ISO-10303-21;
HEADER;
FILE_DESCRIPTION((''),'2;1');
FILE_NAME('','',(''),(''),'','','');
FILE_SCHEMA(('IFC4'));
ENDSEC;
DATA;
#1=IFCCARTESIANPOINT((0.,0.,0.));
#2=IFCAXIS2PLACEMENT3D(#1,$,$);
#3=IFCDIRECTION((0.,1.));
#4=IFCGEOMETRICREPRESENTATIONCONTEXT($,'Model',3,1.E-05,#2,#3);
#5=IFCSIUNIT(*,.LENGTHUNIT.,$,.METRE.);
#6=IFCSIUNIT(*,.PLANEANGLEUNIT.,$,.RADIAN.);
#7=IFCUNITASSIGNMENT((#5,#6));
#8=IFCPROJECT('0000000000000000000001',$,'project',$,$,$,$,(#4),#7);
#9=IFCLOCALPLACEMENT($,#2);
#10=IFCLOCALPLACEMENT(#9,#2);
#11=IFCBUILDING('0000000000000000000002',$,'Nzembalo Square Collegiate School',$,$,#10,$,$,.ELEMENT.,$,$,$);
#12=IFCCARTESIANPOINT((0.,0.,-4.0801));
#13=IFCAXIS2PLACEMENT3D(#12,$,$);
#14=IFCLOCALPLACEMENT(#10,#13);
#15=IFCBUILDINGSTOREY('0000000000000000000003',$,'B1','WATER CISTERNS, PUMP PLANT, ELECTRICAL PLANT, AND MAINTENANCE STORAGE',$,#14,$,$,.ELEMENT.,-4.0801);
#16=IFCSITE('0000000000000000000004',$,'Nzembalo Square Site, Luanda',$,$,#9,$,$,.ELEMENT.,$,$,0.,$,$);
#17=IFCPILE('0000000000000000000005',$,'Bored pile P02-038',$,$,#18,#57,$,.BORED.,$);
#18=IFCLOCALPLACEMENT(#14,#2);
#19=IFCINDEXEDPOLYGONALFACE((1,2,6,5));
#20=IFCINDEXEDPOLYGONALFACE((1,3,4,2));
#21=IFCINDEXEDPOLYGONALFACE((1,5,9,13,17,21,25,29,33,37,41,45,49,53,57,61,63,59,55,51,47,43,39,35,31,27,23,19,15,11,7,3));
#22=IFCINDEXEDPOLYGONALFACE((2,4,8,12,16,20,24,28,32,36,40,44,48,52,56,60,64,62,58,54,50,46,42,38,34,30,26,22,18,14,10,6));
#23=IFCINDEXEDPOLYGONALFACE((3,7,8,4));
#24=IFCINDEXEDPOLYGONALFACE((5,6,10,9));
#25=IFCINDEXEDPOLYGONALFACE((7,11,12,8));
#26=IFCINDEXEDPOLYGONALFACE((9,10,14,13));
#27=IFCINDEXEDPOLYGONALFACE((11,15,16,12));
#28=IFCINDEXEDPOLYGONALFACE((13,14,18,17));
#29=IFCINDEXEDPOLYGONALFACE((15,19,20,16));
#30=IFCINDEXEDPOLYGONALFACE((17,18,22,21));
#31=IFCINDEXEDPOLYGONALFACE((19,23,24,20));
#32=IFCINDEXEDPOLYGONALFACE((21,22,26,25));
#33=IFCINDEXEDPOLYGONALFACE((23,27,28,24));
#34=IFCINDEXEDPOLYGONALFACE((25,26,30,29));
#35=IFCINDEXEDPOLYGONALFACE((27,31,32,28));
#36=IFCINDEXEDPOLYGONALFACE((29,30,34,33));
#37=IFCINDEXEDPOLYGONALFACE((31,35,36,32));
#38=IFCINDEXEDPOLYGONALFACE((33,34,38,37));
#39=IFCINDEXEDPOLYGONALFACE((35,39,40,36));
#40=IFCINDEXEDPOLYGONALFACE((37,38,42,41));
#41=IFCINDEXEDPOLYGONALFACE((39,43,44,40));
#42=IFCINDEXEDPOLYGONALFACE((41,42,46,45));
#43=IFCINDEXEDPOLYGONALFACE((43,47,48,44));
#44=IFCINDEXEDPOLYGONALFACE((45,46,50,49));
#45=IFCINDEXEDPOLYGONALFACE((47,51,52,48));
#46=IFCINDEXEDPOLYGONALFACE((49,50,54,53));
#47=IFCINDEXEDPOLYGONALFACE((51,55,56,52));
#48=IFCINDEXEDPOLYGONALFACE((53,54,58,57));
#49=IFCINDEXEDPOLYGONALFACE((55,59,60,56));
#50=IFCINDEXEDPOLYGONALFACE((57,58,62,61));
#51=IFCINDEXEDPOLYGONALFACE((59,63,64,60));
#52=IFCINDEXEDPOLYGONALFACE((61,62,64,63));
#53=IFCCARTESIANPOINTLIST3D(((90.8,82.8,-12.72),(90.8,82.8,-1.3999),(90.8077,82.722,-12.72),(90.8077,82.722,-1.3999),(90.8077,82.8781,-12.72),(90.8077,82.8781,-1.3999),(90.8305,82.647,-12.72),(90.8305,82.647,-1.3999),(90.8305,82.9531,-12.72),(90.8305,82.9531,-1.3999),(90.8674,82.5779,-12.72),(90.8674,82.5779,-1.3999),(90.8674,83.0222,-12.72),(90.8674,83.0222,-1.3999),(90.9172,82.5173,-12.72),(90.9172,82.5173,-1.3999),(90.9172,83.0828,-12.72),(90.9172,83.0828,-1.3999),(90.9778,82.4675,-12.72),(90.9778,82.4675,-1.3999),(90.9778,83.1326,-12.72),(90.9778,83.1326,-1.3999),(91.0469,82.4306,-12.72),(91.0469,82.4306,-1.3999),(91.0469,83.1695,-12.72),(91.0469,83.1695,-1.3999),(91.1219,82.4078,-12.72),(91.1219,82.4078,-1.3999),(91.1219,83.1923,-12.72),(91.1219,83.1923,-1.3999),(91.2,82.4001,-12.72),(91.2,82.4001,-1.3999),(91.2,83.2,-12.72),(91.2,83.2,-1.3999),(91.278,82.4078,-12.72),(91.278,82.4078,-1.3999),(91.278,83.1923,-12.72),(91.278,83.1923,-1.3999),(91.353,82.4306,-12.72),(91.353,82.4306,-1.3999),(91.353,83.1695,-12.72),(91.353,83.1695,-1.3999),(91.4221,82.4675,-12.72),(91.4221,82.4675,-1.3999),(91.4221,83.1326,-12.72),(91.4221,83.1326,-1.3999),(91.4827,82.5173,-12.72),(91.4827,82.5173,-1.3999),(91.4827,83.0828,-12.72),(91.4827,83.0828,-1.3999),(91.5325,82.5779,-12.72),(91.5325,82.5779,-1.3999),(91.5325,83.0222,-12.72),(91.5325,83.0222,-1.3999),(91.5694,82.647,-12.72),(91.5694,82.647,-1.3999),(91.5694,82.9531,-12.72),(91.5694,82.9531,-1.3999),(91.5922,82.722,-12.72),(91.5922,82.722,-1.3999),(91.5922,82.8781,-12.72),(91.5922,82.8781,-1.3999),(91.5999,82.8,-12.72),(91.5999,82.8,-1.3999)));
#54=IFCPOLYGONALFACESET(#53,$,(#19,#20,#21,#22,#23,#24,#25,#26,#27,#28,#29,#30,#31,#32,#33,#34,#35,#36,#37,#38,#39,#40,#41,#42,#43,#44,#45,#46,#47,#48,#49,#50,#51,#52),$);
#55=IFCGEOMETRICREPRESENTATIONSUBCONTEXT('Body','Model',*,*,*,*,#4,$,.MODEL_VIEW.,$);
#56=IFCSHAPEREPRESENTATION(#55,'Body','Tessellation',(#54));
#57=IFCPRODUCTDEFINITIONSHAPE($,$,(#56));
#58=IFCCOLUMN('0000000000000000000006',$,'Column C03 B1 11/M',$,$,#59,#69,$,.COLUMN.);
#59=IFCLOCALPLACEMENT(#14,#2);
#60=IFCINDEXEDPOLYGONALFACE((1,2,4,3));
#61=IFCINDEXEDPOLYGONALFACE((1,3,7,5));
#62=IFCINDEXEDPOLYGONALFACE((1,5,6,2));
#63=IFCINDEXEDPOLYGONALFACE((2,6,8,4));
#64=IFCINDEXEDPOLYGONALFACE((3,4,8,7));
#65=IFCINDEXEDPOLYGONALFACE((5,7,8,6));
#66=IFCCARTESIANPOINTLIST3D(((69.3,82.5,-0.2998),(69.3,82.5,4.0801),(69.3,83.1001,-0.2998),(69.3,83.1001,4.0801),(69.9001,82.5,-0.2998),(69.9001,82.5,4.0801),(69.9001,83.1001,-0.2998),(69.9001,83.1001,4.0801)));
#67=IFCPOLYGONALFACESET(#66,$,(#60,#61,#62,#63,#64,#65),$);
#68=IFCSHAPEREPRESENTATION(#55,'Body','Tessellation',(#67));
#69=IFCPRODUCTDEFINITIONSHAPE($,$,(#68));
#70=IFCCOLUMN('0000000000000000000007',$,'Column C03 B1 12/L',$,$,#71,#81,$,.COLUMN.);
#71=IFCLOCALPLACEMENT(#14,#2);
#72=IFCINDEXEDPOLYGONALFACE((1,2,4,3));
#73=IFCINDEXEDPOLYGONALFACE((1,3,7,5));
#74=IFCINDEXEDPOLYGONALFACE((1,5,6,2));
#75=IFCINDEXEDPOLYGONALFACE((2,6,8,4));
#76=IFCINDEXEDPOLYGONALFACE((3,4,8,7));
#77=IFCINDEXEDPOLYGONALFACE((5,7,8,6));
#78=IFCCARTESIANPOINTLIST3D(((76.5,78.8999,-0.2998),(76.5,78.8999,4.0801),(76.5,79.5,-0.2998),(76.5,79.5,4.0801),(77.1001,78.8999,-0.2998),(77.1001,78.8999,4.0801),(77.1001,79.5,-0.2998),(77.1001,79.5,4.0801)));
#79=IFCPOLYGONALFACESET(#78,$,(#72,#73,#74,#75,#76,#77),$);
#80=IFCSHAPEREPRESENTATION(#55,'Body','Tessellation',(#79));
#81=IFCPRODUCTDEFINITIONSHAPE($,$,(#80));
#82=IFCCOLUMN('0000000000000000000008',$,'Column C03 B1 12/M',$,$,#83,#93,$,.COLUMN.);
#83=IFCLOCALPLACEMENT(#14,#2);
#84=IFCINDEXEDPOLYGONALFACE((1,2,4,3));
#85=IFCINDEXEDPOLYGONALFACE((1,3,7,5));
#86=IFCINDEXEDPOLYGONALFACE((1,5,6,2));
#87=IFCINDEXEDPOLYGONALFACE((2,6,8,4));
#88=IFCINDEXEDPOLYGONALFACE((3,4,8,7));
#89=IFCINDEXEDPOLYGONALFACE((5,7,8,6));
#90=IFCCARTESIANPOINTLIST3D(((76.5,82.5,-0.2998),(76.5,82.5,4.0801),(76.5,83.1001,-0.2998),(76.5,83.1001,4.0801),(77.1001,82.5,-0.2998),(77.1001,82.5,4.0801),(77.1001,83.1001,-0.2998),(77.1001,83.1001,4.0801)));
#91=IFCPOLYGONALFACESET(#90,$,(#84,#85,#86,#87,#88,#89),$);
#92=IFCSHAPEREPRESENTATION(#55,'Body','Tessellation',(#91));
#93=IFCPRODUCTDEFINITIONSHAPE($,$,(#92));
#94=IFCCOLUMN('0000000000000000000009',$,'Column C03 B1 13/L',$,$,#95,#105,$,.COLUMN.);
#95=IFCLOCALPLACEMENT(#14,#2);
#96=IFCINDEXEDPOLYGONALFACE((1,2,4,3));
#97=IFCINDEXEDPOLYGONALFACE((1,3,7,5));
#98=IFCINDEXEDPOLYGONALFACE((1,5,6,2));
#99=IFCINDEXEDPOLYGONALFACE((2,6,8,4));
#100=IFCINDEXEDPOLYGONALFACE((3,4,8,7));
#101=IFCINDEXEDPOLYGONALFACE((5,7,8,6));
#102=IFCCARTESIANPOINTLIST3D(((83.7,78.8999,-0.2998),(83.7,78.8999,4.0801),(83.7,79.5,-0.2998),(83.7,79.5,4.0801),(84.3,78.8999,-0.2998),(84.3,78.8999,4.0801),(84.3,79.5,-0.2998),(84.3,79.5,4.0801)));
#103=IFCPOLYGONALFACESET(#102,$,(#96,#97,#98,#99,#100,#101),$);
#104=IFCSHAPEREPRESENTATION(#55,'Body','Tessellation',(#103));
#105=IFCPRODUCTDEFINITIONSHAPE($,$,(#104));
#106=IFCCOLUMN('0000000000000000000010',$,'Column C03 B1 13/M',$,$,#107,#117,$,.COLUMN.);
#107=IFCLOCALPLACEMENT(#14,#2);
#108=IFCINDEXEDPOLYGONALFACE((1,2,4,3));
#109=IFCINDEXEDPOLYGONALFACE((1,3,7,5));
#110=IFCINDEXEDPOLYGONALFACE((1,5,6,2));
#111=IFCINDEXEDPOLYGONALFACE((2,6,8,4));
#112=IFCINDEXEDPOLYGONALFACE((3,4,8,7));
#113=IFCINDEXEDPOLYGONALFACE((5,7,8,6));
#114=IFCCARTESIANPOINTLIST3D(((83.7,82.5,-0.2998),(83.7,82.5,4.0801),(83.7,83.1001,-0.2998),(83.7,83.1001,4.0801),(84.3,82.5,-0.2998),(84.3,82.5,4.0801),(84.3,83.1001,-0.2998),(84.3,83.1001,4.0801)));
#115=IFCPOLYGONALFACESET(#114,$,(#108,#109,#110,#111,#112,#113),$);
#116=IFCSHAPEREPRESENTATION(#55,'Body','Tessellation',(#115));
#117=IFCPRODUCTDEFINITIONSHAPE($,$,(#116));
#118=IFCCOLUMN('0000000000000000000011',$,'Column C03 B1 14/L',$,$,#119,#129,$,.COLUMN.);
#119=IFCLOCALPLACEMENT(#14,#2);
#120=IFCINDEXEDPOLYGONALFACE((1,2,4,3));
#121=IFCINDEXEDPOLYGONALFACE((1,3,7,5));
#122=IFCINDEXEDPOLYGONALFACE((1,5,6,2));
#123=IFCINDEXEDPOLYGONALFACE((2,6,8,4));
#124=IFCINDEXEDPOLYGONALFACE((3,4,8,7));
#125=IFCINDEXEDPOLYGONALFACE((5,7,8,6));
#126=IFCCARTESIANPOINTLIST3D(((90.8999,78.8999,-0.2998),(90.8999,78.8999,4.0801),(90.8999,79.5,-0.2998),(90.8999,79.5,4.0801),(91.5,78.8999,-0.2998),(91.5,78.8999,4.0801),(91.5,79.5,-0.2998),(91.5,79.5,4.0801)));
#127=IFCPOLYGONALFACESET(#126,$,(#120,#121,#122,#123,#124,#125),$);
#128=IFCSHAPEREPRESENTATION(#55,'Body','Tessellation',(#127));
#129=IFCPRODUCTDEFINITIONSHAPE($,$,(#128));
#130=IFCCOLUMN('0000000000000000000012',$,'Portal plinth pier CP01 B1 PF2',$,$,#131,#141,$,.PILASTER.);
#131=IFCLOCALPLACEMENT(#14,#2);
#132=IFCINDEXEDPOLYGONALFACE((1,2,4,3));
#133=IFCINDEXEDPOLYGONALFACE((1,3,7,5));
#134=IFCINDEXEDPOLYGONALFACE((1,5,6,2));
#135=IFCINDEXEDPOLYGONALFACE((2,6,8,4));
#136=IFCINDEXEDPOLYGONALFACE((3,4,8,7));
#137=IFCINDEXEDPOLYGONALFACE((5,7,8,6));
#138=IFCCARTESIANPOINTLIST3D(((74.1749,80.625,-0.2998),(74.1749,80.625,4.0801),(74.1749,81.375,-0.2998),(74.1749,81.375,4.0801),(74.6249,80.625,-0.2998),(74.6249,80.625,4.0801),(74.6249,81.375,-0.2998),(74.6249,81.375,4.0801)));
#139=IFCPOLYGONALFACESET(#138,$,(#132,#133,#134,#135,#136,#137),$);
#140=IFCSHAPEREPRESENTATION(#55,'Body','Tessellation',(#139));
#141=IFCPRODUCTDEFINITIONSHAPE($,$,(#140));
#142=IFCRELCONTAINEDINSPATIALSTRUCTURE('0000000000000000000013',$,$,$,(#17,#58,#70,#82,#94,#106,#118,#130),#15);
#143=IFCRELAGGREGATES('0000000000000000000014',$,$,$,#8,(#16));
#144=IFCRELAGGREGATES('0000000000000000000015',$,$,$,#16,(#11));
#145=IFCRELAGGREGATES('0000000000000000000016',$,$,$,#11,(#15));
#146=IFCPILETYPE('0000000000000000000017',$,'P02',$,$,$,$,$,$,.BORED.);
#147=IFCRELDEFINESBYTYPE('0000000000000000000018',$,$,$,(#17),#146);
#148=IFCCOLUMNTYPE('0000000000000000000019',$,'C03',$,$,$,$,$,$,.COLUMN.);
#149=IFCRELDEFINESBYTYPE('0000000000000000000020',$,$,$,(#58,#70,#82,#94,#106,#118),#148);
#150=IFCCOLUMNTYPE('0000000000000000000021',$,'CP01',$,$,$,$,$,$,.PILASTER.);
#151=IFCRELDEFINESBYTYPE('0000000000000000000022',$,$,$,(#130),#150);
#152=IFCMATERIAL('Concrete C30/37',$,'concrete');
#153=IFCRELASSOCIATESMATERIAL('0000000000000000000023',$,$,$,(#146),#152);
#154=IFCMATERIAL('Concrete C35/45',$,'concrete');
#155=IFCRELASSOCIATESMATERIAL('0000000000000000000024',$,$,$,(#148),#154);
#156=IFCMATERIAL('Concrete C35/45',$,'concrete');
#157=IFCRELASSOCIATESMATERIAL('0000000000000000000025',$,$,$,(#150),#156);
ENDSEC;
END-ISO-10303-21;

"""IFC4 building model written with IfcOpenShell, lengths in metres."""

from ifc_helpers import new_model, si_unit, direction, frame, origin, origin_2d, place, context, subcontext, project, spatial, rectangle, circle, extrude, material, material_profile, profile_set, type_object, element, save


model = new_model("IFC4")

# Units and contexts
model_context = context("Model", 3, precision=1e-05, world=origin(), true_north=direction((0.0, 1.0)))
body_context = subcontext(model_context, "Body", "Model", "MODEL_VIEW")
ifc_project = project(units=[si_unit("LENGTHUNIT", "METRE"), si_unit("PLANEANGLEUNIT", "RADIAN")], contexts=[model_context])

# Site, building, storey
site_placement = place(None, origin())
site = spatial("IfcSite", under=ifc_project, at=site_placement, Name="Nzembalo Square Site, Luanda", CompositionType="ELEMENT", RefElevation=0.0)
building_placement = place(site_placement, origin())
building = spatial("IfcBuilding", under=site, at=building_placement, Name="Nzembalo Square Collegiate School", CompositionType="ELEMENT")
storey_placement = place(building_placement, frame((0.0, 0.0, -4.0801)))
storey = spatial("IfcBuildingStorey", under=building, at=storey_placement, Name="B1", Description="WATER CISTERNS, PUMP PLANT, ELECTRICAL PLANT, AND MAINTENANCE STORAGE", CompositionType="ELEMENT", Elevation=-4.0801)

# Pile
ifc_material_1 = material(Name="Concrete C30/37", Category="concrete")
ifc_material_profile_1 = material_profile(ifc_material_1, circle(Radius=0.3999, at=origin_2d()), Name="PILE D800")
ifc_profile_set_1 = profile_set([ifc_material_profile_1], Name="Concrete C30/37")
pile_type = type_object("IfcPileType", Name="P02", PredefinedType="BORED", material=ifc_profile_set_1)
pile_1_placement = place(storey_placement, frame((91.2, 82.8, -1.3999), z_axis=(0.0, 0.0, -1.0), x_axis=(1.0, 0.0, 0.0)))
element("IfcPile", 1, at=pile_1_placement, inside=storey, type_object=pile_type, Name="Bored pile P02-038", PredefinedType="BORED", context=body_context, shape_type="SweptSolid", body=[
    extrude(circle(Radius=0.3999, at=origin_2d()), origin(), (0.0, 0.0, 1.0), 11.3201),
])

# Columns
ifc_material_2 = material(Name="Concrete C35/45", Category="concrete")
ifc_material_profile_2 = material_profile(ifc_material_2, rectangle(XDim=0.6001, YDim=0.6001, at=origin_2d()), Name="RC 600x600")
ifc_profile_set_2 = profile_set([ifc_material_profile_2], Name="Concrete C35/45")
column_type_1 = type_object("IfcColumnType", Name="C03", PredefinedType="COLUMN", material=ifc_profile_set_2)
for number, where, z_axis, x_axis, name in (
    (2, (69.6001, 82.8, -0.2998), (0.0, 0.0, 1.0), (1.0, 0.0, 0.0), "Column C03 B1 11/M"),
    (3, (76.8, 79.2, -0.2998), (0.0, 0.0, 1.0), (1.0, 0.0, 0.0), "Column C03 B1 12/L"),
    (4, (76.8, 82.8, -0.2998), (0.0, 0.0, 1.0), (1.0, 0.0, 0.0), "Column C03 B1 12/M"),
    (5, (84.0, 79.2, -0.2998), (0.0, 0.0, 1.0), (1.0, 0.0, 0.0), "Column C03 B1 13/L"),
    (6, (84.0, 82.8, -0.2998), (0.0, 0.0, 1.0), (1.0, 0.0, 0.0), "Column C03 B1 13/M"),
    (7, (91.2, 79.2, -0.2998), (0.0, 0.0, 1.0), (1.0, 0.0, 0.0), "Column C03 B1 14/L"),
):
    element("IfcColumn", number, at=place(storey_placement, frame(where, z_axis=z_axis, x_axis=x_axis)), inside=storey, type_object=column_type_1, Name=name, PredefinedType="COLUMN", context=body_context, shape_type="SweptSolid", body=[
        extrude(rectangle(XDim=0.6001, YDim=0.6001, at=origin_2d()), origin(), (0.0, 0.0, 1.0), 4.3799),
    ])
ifc_material_3 = material(Name="Concrete C35/45", Category="concrete")
ifc_material_profile_3 = material_profile(ifc_material_3, rectangle(XDim=0.45, YDim=0.75, at=origin_2d()), Name="RC 450x750")
ifc_profile_set_3 = profile_set([ifc_material_profile_3], Name="Concrete C35/45")
column_type_2 = type_object("IfcColumnType", Name="CP01", PredefinedType="PILASTER", material=ifc_profile_set_3)
column_placement = place(storey_placement, frame((74.3999, 81.0, -0.2998), z_axis=(0.0, 0.0, 1.0), x_axis=(1.0, 0.0, 0.0)))
element("IfcColumn", 8, at=column_placement, inside=storey, type_object=column_type_2, Name="Portal plinth pier CP01 B1 PF2", PredefinedType="PILASTER", context=body_context, shape_type="SweptSolid", body=[
    extrude(rectangle(XDim=0.45, YDim=0.75, at=origin_2d()), origin(), (0.0, 0.0, 1.0), 4.3799),
])

save(model, "model.ifc")
